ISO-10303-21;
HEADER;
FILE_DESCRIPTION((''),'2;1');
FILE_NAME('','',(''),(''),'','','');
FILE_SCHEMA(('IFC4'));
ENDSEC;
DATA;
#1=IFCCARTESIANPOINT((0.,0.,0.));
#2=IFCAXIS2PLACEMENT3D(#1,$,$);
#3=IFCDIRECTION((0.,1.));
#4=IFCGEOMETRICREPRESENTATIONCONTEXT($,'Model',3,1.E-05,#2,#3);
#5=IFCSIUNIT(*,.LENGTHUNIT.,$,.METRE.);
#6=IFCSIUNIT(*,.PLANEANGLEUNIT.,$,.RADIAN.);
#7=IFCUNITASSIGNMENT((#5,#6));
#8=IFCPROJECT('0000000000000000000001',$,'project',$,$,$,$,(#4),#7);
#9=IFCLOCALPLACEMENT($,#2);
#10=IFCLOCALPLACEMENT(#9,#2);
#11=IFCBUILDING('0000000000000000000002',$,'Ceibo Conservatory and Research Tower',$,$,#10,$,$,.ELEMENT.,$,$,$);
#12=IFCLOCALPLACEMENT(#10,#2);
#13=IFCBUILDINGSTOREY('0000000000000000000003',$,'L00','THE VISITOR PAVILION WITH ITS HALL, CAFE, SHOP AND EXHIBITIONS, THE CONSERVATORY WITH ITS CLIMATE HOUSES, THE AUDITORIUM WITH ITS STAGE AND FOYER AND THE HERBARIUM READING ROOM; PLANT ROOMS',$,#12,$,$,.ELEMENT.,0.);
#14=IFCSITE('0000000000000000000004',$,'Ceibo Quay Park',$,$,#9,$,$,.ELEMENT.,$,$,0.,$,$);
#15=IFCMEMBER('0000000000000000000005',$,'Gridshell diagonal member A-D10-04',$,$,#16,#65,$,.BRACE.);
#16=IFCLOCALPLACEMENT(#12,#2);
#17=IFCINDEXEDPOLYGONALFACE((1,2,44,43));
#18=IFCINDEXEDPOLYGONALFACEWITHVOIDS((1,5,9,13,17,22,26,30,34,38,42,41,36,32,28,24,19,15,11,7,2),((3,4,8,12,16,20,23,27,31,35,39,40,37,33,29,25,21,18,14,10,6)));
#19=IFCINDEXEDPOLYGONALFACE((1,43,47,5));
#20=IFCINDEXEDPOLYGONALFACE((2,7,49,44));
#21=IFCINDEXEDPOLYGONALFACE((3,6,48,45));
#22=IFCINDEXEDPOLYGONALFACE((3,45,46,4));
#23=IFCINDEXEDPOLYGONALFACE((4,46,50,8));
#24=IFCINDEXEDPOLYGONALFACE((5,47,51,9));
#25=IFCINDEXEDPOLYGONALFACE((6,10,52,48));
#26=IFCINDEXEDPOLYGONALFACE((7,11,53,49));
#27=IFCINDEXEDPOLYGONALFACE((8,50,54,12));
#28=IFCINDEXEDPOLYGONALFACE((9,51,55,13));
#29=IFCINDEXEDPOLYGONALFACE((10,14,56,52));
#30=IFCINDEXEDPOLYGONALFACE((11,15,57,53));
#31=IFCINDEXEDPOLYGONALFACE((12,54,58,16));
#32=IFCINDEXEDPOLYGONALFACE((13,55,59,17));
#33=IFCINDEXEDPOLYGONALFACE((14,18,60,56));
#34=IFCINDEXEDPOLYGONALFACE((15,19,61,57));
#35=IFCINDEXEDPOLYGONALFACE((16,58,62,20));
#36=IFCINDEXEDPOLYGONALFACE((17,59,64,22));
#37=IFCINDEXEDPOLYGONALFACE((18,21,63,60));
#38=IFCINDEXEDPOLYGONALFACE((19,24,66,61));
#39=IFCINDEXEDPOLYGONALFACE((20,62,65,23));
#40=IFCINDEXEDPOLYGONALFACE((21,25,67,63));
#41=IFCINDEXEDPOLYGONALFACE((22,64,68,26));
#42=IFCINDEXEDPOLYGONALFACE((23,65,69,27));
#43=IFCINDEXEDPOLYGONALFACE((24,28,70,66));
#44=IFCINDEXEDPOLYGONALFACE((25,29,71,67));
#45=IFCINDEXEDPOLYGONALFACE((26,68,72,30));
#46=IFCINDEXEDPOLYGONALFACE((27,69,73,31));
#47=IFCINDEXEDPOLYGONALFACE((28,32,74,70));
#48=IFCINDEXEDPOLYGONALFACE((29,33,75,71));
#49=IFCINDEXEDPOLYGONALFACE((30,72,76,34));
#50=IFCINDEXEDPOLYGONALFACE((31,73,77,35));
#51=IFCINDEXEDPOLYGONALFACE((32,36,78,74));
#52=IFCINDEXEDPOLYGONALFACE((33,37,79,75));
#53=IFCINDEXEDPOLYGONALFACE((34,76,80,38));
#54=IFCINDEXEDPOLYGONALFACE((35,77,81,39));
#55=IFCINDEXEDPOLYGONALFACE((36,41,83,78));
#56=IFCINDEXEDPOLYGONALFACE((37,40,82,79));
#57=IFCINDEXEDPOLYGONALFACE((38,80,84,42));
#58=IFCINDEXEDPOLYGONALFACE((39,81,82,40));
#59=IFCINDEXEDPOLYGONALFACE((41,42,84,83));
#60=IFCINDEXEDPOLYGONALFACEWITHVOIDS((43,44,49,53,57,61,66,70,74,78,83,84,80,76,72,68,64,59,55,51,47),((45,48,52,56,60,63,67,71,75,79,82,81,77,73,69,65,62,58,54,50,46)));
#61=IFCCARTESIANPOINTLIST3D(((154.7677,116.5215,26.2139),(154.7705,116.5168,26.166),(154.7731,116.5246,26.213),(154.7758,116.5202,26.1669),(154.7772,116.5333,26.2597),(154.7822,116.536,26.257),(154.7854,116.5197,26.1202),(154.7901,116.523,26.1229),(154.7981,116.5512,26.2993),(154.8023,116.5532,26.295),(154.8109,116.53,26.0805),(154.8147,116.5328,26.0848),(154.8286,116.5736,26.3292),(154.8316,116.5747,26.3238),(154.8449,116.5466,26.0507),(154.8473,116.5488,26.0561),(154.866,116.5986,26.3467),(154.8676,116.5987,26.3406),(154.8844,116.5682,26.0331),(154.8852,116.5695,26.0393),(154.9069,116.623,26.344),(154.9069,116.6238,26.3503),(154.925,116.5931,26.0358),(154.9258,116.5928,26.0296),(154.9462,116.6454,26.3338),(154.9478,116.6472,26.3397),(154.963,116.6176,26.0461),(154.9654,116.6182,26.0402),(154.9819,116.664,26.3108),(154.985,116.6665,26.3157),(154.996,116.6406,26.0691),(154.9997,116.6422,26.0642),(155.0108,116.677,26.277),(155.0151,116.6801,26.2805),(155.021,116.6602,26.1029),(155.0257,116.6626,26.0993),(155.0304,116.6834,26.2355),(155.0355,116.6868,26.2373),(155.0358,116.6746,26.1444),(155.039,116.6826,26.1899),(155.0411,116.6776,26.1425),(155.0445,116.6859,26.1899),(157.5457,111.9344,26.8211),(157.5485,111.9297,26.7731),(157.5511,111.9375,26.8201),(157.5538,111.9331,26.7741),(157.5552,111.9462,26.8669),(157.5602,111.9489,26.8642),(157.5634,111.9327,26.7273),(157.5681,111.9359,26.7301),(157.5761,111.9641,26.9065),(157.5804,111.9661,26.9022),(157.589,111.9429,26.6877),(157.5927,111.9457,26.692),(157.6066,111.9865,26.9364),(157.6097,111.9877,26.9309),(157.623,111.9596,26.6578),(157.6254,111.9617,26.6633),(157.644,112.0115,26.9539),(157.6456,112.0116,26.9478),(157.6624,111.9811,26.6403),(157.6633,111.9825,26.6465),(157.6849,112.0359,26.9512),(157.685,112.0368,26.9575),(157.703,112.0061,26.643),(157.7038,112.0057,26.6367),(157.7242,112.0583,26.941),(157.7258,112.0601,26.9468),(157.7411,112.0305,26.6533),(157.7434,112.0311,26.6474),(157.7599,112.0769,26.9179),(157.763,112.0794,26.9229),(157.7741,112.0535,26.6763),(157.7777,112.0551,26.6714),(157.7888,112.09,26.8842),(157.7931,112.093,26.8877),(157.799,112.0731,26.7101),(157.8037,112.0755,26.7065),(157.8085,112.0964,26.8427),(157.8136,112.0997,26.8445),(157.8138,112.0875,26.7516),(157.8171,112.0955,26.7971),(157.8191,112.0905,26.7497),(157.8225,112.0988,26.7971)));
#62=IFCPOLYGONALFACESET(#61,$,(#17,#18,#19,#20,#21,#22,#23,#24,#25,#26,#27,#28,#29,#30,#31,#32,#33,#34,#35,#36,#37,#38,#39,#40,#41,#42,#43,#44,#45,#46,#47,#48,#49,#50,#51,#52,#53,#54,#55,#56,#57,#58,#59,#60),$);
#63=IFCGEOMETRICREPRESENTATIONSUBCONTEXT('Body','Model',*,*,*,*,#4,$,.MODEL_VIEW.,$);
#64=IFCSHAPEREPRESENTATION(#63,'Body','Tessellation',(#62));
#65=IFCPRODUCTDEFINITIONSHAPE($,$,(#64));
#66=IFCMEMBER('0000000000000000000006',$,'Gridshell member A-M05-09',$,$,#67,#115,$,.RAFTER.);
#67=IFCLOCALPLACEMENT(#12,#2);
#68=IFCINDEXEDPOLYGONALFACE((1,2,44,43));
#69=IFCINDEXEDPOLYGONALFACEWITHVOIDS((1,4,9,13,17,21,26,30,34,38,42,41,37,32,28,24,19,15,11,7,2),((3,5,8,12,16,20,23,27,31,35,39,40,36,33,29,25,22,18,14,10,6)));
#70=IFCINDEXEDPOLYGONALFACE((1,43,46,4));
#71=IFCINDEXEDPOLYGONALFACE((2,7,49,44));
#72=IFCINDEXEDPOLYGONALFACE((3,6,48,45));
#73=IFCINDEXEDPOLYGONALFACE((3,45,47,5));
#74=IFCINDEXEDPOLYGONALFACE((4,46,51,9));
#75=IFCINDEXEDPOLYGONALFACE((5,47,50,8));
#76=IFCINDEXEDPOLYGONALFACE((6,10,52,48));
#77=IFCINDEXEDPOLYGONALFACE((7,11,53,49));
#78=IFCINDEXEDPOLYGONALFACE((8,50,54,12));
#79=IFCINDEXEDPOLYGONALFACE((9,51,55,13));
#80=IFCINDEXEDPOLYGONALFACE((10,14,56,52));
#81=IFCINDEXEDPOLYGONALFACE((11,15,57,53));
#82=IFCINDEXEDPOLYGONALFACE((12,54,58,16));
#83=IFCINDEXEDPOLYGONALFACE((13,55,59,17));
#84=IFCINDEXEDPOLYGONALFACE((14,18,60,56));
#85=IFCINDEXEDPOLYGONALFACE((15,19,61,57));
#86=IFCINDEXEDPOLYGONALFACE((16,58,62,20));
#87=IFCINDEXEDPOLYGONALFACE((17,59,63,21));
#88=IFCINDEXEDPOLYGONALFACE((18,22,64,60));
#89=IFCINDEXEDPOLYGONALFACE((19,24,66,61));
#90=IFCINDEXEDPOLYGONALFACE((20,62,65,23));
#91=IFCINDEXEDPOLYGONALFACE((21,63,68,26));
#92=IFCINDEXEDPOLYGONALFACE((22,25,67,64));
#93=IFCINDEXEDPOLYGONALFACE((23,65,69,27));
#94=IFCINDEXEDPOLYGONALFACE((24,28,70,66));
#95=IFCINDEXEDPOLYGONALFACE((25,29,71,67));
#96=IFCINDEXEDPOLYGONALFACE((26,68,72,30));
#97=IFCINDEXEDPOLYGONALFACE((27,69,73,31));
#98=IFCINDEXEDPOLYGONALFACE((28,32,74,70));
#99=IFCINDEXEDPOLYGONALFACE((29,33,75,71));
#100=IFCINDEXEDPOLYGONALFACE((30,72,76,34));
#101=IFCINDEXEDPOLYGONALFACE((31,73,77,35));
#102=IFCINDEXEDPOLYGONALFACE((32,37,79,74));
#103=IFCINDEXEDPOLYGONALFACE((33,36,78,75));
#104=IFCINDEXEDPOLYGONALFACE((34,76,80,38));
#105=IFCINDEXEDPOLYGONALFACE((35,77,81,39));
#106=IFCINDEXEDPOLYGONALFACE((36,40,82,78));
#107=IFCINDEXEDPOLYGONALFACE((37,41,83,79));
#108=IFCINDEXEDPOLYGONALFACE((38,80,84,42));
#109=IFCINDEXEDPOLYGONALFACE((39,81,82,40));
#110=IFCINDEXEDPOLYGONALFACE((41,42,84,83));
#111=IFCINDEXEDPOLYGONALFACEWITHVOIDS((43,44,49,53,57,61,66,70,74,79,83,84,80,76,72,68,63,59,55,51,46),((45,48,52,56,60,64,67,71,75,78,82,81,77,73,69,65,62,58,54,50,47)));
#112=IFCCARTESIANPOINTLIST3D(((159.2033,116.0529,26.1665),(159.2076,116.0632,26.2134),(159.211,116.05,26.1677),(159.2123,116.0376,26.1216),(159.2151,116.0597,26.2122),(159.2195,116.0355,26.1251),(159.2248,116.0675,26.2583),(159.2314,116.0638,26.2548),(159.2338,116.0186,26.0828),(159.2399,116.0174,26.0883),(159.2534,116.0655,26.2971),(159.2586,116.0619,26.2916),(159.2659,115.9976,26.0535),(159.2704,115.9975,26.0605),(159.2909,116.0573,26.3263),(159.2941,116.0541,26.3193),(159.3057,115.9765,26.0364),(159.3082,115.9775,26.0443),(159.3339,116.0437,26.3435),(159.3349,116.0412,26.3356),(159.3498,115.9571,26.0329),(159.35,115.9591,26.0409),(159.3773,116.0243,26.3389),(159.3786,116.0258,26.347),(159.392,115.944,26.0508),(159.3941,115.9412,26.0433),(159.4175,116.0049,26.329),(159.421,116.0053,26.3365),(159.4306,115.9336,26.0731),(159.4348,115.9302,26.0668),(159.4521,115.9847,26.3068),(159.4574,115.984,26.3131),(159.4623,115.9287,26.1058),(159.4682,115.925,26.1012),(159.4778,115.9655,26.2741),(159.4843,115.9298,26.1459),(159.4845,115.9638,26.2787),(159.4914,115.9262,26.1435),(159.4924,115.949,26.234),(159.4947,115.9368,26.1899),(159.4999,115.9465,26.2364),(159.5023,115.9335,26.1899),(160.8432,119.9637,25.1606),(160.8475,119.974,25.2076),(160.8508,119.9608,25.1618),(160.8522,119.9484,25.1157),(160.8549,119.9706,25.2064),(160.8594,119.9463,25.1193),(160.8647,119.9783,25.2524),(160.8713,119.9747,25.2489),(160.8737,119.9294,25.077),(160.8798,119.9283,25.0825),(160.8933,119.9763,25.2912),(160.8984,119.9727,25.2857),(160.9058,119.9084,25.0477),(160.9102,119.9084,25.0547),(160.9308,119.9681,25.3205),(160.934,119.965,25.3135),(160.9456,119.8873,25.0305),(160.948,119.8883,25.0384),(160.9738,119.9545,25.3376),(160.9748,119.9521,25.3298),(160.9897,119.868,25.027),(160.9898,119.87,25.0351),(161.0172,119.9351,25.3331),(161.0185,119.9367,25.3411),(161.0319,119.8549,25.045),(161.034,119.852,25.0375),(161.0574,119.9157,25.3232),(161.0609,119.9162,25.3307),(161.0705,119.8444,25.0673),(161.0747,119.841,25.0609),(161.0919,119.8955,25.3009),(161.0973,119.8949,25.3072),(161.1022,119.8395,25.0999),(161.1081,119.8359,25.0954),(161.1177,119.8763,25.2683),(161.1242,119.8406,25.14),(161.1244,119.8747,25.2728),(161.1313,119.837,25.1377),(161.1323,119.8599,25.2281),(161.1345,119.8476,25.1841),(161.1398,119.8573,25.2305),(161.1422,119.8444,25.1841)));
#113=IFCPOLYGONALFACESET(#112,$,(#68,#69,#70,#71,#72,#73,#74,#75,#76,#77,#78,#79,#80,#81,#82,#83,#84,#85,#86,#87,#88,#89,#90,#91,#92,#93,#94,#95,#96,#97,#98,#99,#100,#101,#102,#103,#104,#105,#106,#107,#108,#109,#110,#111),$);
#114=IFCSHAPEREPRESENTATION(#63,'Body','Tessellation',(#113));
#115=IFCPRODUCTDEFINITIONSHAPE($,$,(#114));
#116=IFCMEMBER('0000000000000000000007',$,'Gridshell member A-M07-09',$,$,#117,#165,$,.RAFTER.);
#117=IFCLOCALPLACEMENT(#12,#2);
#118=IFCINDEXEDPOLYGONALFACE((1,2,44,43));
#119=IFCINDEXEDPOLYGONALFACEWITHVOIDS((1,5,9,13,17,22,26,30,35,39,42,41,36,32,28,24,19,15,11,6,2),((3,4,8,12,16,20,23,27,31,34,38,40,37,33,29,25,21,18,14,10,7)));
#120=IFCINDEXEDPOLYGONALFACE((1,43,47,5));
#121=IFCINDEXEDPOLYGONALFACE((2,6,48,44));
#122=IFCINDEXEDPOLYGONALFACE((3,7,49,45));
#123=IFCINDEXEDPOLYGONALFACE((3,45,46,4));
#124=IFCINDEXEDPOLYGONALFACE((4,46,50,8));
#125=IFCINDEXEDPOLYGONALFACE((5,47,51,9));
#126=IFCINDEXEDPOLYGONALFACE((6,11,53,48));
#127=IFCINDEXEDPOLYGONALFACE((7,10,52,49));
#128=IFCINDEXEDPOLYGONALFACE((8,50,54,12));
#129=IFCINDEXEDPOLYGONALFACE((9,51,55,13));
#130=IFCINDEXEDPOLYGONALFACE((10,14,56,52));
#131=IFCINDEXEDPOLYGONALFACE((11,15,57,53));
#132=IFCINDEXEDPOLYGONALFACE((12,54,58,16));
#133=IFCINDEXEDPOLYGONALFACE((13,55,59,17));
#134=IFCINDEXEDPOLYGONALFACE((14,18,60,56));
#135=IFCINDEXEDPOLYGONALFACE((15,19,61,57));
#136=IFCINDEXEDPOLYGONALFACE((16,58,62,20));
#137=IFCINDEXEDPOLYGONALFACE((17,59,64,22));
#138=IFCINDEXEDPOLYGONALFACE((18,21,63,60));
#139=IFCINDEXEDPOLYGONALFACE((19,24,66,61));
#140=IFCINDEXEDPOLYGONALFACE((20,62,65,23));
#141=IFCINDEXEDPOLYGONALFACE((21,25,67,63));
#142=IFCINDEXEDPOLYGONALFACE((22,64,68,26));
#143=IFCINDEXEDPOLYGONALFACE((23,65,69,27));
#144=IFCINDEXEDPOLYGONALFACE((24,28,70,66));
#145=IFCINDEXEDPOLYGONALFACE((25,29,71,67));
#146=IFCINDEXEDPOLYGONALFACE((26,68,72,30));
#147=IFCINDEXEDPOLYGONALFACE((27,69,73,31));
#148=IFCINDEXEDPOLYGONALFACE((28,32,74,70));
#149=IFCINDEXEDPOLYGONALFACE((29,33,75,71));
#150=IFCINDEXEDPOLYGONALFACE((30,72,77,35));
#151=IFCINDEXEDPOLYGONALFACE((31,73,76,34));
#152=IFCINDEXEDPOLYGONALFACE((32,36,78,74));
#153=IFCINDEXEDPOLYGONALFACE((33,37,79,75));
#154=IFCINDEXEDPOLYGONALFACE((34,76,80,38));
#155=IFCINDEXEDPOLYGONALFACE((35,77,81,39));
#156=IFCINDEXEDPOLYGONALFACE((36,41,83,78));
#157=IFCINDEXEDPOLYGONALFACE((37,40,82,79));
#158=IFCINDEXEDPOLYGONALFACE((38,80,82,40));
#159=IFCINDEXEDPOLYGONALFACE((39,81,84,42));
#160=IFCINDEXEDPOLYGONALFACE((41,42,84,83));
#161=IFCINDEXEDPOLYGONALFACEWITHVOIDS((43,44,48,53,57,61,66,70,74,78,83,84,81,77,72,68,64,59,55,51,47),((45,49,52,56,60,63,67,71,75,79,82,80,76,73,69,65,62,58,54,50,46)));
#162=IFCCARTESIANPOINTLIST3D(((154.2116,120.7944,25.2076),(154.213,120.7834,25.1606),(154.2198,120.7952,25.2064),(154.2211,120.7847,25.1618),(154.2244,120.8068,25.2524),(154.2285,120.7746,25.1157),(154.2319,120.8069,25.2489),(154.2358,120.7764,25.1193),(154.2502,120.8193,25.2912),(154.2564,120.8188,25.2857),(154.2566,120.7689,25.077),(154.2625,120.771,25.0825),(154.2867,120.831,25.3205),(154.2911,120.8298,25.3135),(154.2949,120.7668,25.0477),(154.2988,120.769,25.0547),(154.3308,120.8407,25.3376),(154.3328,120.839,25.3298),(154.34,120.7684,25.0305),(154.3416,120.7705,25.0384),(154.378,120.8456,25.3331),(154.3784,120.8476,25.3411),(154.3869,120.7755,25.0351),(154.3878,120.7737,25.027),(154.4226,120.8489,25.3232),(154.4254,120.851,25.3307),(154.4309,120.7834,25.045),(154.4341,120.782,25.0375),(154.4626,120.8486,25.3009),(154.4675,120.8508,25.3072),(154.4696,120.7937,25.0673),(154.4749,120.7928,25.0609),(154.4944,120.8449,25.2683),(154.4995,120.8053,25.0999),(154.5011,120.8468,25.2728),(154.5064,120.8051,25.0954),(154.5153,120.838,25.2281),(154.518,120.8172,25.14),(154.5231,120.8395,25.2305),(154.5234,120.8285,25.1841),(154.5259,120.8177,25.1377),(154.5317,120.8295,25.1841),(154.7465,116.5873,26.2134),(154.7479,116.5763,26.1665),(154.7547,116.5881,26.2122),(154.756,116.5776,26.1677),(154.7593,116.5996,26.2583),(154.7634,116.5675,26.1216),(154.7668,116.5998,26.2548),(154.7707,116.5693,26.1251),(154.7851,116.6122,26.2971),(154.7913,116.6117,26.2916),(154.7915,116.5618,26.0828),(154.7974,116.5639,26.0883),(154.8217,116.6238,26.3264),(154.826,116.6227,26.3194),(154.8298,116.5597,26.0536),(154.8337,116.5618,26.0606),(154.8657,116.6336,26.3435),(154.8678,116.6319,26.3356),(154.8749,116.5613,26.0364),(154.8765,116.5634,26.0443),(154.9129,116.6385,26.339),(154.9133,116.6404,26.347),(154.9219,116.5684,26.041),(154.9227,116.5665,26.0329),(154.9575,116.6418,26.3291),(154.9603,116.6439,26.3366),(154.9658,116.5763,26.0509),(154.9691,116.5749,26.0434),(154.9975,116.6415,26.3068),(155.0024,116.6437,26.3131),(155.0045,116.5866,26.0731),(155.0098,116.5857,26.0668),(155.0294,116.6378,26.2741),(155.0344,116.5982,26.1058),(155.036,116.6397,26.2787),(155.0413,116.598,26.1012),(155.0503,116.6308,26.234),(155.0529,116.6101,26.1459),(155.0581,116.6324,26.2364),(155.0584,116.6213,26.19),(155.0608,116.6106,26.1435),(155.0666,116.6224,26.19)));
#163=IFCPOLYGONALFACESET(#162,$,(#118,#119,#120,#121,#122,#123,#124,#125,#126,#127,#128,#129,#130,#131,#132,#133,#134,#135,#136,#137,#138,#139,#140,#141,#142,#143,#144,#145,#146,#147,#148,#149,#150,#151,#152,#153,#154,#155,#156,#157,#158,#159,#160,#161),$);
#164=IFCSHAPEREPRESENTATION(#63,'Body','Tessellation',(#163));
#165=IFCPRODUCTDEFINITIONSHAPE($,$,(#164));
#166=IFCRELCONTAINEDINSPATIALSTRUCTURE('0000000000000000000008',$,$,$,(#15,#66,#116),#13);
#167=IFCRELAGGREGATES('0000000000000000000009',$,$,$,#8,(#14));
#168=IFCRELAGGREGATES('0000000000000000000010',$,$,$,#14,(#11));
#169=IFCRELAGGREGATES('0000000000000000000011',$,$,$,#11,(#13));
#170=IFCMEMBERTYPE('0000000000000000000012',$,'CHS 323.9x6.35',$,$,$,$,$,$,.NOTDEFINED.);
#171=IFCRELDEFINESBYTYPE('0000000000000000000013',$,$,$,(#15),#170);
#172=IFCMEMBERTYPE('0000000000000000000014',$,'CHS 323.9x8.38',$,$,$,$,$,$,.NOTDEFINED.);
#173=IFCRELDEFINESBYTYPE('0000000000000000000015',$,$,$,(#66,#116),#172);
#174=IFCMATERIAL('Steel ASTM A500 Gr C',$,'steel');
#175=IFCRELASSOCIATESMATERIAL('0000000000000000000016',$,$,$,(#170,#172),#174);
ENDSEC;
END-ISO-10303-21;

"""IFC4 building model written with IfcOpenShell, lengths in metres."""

from ifc_helpers import new_model, si_unit, direction, frame, origin, origin_2d, place, context, subcontext, project, spatial, hollow_circle, extrude, material, material_profile, profile_set, type_object, element, save


model = new_model("IFC4")

# Units and contexts
model_context = context("Model", 3, precision=1e-05, world=origin(), true_north=direction((0.0, 1.0)))
body_context = subcontext(model_context, "Body", "Model", "MODEL_VIEW")
ifc_project = project(units=[si_unit("LENGTHUNIT", "METRE"), si_unit("PLANEANGLEUNIT", "RADIAN")], contexts=[model_context])

# Site, building, storey
site_placement = place(None, origin())
site = spatial("IfcSite", under=ifc_project, at=site_placement, Name="Ceibo Quay Park", CompositionType="ELEMENT", RefElevation=0.0)
building_placement = place(site_placement, origin())
building = spatial("IfcBuilding", under=site, at=building_placement, Name="Ceibo Conservatory and Research Tower", CompositionType="ELEMENT")
storey_placement = place(building_placement, origin())
storey = spatial("IfcBuildingStorey", under=building, at=storey_placement, Name="L00", Description="THE VISITOR PAVILION WITH ITS HALL, CAFE, SHOP AND EXHIBITIONS, THE CONSERVATORY WITH ITS CLIMATE HOUSES, THE AUDITORIUM WITH ITS STAGE AND FOYER AND THE HERBARIUM READING ROOM; PLANT ROOMS", CompositionType="ELEMENT", Elevation=0.0)

# Members
ifc_material_1 = material(Name="Steel ASTM A500 Gr C", Category="steel")
ifc_material_profile_1 = material_profile(ifc_material_1, hollow_circle(Radius=0.1619, WallThickness=0.0063, at=origin_2d()), Name="CHS 323.9x6.35")
ifc_profile_set_1 = profile_set([ifc_material_profile_1], Name="Steel ASTM A500 Gr C")
member_type_1 = type_object("IfcMemberType", Name="CHS 323.9x6.35", PredefinedType="NOTDEFINED", material=ifc_profile_set_1)
member_1_placement = place(storey_placement, frame((154.906, 116.6021, 26.1899), z_axis=(0.514738, -0.849935, 0.112501), x_axis=(0.855365, 0.518026, 0.0)))
element("IfcMember", 1, at=member_1_placement, inside=storey, type_object=member_type_1, Name="Gridshell diagonal member A-D10-04", PredefinedType="BRACE", context=body_context, shape_type="SweptSolid", body=[
    extrude(hollow_circle(Radius=0.1619, WallThickness=0.0063, at=origin_2d()), origin(), (0.0, 0.0, 1.0), 5.397),
])
ifc_material_profile_2 = material_profile(ifc_material_1, hollow_circle(Radius=0.1619, WallThickness=0.0083, at=origin_2d()), Name="CHS 323.9x8.38")
ifc_profile_set_2 = profile_set([ifc_material_profile_2], Name="Steel ASTM A500 Gr C")
member_type_2 = type_object("IfcMemberType", Name="CHS 323.9x8.38", PredefinedType="NOTDEFINED", material=ifc_profile_set_2)
member_2_placement = place(storey_placement, frame((160.9929, 119.907, 25.1841), z_axis=(-0.376256, -0.897313, 0.230784), x_axis=(0.922208, -0.386695, 0.0)))
element("IfcMember", 2, at=member_2_placement, inside=storey, type_object=member_type_2, Name="Gridshell member A-M05-09", PredefinedType="RAFTER", context=body_context, shape_type="SweptSolid", body=[
    extrude(hollow_circle(Radius=0.1619, WallThickness=0.0083, at=origin_2d()), origin(), (0.0, 0.0, 1.0), 4.3584),
])
member_3_placement = place(storey_placement, frame((154.3711, 120.8091, 25.1841), z_axis=(0.122727, -0.965235, 0.230778), x_axis=(0.992014, 0.126132, 0.0)))
element("IfcMember", 3, at=member_3_placement, inside=storey, type_object=member_type_2, Name="Gridshell member A-M07-09", PredefinedType="RAFTER", context=body_context, shape_type="SweptSolid", body=[
    extrude(hollow_circle(Radius=0.1619, WallThickness=0.0083, at=origin_2d()), origin(), (0.0, 0.0, 1.0), 4.3586),
])

save(model, "model.ifc")
